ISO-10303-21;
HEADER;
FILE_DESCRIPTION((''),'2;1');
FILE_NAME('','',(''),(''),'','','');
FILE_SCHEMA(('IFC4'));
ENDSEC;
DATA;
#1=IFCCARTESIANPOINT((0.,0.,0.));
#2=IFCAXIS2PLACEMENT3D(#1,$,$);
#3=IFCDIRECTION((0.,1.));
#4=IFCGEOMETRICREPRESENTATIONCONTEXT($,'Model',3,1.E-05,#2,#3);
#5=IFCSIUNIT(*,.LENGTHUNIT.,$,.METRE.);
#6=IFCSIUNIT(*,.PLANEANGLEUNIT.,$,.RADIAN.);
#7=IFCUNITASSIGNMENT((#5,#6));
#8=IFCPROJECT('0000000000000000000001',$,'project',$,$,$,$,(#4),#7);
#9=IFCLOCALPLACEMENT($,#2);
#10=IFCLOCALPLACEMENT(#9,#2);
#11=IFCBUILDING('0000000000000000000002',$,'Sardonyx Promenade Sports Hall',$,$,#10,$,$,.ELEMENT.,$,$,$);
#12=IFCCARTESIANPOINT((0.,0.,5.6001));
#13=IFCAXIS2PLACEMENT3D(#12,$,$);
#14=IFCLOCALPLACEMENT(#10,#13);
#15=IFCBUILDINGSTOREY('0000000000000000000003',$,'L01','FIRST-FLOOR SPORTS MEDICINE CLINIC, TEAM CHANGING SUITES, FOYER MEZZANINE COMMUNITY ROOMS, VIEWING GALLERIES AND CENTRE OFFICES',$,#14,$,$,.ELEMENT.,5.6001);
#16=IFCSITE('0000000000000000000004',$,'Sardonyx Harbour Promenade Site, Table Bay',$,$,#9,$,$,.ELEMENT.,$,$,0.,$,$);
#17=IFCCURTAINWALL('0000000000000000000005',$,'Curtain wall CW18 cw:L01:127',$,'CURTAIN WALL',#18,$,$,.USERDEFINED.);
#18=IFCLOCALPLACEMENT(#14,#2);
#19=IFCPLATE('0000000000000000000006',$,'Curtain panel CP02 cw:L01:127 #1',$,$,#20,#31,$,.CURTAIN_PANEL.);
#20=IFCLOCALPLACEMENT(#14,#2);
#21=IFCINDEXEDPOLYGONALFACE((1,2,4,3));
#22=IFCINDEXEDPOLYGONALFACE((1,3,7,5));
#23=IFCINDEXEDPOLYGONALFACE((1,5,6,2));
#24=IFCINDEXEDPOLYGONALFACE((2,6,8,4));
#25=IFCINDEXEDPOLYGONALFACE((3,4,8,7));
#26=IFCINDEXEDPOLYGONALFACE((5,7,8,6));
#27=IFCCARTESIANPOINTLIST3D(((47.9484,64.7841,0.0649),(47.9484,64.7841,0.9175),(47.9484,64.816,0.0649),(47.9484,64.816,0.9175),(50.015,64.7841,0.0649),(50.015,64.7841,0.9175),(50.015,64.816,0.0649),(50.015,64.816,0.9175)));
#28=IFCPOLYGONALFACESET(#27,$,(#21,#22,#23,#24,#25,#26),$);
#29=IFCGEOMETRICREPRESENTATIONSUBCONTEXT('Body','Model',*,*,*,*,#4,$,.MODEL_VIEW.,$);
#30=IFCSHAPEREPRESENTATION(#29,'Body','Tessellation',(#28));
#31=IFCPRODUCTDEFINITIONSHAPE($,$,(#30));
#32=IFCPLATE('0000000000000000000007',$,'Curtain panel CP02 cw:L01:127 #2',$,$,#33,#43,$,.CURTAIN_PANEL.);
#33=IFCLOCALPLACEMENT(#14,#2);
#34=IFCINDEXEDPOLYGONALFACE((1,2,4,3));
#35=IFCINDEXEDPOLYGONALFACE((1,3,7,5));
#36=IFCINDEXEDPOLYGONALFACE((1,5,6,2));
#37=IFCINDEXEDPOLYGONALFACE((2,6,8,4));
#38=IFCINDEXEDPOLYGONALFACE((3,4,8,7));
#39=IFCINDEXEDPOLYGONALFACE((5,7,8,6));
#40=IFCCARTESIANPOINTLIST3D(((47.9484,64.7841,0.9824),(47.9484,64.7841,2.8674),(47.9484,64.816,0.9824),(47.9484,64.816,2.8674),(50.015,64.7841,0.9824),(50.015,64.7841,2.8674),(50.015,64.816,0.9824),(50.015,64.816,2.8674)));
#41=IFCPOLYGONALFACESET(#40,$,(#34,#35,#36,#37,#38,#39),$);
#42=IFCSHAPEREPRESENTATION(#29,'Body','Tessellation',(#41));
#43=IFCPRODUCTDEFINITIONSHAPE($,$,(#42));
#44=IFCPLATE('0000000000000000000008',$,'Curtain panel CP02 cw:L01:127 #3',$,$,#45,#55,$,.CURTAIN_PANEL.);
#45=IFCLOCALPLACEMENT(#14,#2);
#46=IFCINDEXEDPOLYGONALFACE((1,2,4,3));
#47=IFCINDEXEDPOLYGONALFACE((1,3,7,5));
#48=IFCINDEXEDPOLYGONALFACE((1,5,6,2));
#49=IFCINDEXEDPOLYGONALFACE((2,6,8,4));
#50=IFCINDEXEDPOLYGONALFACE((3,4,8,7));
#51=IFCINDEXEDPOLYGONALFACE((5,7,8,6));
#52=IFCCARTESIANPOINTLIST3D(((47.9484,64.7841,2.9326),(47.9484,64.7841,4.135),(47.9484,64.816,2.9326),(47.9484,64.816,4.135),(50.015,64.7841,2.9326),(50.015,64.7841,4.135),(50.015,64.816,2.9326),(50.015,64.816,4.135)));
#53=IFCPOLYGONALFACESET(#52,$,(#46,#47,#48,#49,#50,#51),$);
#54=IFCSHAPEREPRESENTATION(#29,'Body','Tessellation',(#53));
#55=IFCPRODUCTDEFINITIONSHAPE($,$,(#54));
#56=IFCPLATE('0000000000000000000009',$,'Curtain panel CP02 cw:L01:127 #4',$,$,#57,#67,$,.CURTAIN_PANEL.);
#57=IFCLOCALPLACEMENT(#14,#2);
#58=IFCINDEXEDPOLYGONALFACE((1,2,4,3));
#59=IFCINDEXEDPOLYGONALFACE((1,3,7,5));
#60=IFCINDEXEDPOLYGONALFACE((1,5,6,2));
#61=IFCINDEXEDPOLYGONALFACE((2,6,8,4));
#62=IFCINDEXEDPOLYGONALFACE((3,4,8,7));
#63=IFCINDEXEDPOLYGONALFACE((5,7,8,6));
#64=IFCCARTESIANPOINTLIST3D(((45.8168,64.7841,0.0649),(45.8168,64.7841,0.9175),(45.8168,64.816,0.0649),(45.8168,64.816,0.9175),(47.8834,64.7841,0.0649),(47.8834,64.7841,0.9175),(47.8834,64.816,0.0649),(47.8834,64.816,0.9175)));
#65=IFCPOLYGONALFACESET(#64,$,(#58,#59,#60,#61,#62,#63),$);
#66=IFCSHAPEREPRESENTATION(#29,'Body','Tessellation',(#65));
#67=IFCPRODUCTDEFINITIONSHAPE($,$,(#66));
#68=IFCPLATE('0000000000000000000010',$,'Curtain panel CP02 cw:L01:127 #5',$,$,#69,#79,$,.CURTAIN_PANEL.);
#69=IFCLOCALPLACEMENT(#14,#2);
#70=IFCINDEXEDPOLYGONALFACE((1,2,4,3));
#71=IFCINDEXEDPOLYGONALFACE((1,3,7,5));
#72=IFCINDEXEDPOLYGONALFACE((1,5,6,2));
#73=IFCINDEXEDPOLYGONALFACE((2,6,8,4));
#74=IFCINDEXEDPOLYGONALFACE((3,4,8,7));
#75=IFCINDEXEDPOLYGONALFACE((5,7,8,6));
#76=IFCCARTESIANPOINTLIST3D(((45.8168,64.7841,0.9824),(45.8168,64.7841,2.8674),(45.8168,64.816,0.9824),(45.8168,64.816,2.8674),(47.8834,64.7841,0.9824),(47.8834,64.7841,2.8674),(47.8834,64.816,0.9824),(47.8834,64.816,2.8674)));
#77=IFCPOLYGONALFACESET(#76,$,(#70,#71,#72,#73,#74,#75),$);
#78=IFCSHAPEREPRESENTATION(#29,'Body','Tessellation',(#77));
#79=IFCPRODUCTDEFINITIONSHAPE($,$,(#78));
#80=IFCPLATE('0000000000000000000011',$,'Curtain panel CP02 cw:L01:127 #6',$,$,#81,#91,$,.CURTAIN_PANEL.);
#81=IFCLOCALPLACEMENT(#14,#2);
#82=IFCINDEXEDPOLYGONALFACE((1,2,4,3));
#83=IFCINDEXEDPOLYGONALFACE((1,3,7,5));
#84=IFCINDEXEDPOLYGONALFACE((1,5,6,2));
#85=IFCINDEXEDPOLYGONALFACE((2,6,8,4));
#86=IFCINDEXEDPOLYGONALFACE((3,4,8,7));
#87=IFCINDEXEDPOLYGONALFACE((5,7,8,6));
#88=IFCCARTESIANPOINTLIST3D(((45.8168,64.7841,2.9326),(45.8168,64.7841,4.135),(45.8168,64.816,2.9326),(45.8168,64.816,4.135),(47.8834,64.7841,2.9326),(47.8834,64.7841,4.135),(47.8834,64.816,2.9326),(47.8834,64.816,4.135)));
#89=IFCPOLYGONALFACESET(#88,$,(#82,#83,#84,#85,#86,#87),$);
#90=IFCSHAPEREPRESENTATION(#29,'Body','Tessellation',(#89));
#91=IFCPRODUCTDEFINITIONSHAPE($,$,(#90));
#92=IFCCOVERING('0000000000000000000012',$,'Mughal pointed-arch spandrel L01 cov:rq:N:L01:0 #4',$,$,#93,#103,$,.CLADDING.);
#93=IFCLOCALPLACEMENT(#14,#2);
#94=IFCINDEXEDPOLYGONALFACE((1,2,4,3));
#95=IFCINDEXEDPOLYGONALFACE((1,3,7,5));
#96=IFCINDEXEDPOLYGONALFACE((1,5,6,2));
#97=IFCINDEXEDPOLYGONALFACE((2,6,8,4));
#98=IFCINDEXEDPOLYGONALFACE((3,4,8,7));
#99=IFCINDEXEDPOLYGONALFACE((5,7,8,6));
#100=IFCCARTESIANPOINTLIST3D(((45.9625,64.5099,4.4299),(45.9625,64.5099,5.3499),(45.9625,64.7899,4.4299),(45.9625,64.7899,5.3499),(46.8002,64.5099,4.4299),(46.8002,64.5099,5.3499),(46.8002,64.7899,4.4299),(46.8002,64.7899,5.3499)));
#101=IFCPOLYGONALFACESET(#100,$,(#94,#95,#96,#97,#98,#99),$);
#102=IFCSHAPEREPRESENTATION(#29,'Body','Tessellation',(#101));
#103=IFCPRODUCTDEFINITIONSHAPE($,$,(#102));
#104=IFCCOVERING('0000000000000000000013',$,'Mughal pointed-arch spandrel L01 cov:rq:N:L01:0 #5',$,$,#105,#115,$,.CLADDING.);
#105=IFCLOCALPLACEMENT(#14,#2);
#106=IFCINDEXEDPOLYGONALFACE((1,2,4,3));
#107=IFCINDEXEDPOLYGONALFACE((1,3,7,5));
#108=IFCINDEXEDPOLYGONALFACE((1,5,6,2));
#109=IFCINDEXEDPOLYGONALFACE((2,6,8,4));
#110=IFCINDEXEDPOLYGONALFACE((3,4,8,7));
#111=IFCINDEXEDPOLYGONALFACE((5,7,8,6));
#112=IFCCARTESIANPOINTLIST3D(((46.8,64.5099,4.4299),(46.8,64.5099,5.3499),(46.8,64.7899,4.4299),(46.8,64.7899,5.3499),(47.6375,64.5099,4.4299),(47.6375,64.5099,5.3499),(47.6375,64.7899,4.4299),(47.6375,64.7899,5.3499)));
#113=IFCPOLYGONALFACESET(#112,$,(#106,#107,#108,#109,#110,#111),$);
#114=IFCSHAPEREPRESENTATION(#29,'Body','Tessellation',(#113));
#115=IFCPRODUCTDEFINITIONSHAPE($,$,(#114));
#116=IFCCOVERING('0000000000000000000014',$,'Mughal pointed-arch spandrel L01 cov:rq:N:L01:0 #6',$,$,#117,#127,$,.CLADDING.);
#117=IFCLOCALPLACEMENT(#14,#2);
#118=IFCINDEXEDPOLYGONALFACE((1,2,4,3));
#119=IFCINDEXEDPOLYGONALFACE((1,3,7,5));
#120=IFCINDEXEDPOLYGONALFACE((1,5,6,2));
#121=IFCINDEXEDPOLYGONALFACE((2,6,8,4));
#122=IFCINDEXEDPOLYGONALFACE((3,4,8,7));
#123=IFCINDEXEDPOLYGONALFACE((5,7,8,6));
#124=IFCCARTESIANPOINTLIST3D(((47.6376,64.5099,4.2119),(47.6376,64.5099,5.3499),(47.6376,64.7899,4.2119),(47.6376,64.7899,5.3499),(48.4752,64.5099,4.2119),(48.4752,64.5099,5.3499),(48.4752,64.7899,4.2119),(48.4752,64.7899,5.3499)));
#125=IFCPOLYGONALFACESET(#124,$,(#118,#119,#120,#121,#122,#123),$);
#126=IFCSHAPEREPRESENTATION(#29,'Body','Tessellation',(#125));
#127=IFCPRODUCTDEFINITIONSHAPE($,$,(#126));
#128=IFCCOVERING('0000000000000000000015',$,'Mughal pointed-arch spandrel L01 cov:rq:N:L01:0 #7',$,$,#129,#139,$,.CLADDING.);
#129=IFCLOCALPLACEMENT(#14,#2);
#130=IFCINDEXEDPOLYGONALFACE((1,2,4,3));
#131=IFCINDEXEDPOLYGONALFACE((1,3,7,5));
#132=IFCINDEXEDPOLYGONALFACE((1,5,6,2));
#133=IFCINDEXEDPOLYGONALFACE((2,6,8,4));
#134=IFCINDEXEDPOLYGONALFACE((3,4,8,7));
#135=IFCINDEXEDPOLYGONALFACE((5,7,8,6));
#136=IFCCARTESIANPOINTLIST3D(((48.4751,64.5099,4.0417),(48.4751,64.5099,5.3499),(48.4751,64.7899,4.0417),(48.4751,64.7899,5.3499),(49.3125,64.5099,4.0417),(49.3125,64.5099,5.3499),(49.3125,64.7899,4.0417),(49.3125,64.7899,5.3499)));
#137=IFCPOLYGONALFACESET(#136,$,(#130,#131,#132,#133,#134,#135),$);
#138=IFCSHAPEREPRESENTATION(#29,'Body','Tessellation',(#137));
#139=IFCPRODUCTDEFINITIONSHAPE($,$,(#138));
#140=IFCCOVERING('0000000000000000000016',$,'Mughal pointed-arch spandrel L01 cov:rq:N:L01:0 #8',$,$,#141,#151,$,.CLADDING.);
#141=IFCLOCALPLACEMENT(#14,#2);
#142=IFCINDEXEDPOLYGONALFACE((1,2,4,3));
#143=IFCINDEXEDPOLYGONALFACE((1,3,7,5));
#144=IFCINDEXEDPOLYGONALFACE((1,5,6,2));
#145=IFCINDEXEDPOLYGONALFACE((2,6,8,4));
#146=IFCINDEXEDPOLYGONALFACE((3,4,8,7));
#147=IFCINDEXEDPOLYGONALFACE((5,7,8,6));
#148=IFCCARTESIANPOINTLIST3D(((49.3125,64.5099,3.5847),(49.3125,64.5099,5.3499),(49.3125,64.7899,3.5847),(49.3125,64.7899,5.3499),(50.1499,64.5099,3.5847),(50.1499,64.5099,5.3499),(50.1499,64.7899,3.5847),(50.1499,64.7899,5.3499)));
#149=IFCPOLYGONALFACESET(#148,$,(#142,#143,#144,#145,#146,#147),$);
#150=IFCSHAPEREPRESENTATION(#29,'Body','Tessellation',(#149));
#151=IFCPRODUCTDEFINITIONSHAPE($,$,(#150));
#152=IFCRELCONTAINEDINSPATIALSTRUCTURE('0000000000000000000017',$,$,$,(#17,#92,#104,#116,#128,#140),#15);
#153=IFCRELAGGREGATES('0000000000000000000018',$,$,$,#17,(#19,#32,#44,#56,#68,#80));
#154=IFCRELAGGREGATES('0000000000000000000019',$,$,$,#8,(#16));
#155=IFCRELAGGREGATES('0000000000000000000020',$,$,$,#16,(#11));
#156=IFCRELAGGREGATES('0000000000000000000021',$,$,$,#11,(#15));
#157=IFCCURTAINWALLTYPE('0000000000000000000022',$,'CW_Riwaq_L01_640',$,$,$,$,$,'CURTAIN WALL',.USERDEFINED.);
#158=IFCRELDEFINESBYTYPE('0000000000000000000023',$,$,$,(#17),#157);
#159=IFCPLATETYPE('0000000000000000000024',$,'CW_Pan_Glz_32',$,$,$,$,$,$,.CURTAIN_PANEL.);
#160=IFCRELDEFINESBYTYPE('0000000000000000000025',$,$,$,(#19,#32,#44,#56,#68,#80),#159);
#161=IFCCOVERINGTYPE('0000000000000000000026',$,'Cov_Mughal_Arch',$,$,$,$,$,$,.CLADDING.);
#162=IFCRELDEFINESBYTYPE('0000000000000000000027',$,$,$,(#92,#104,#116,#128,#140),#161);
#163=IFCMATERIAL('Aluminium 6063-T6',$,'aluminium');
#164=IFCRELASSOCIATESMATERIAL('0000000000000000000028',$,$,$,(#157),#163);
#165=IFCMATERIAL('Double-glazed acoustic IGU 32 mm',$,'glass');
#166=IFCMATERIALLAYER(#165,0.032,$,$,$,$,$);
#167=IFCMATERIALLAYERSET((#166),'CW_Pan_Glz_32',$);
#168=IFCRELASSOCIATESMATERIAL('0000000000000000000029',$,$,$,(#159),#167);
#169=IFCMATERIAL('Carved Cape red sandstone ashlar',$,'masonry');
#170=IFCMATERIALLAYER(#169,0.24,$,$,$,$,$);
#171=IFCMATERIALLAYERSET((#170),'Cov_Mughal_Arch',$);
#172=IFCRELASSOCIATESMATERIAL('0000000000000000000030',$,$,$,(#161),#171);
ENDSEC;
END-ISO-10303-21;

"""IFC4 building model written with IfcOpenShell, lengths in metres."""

from ifc_helpers import new_model, si_unit, direction, frame, frame_2d, origin, origin_2d, place, context, subcontext, project, spatial, rectangle, extrude, material, layer, layer_set, type_object, element, aggregate, save


model = new_model("IFC4")

# Units and contexts
model_context = context("Model", 3, precision=1e-05, world=origin(), true_north=direction((0.0, 1.0)))
body_context = subcontext(model_context, "Body", "Model", "MODEL_VIEW")
ifc_project = project(units=[si_unit("LENGTHUNIT", "METRE"), si_unit("PLANEANGLEUNIT", "RADIAN")], contexts=[model_context])

# Site, building, storey
site_placement = place(None, origin())
site = spatial("IfcSite", under=ifc_project, at=site_placement, Name="Sardonyx Harbour Promenade Site, Table Bay", CompositionType="ELEMENT", RefElevation=0.0)
building_placement = place(site_placement, origin())
building = spatial("IfcBuilding", under=site, at=building_placement, Name="Sardonyx Promenade Sports Hall", CompositionType="ELEMENT")
storey_placement = place(building_placement, frame((0.0, 0.0, 5.6001)))
storey = spatial("IfcBuildingStorey", under=building, at=storey_placement, Name="L01", Description="FIRST-FLOOR SPORTS MEDICINE CLINIC, TEAM CHANGING SUITES, FOYER MEZZANINE COMMUNITY ROOMS, VIEWING GALLERIES AND CENTRE OFFICES", CompositionType="ELEMENT", Elevation=5.6001)

# Curtain wall, plates
ifc_material_1 = material(Name="Aluminium 6063-T6", Category="aluminium")
curtain_wall_type = type_object("IfcCurtainWallType", Name="CW_Riwaq_L01_640", ElementType="CURTAIN WALL", PredefinedType="USERDEFINED", material=ifc_material_1)
curtain_wall_placement = place(storey_placement, origin())
curtain_wall = element("IfcCurtainWall", 1, at=curtain_wall_placement, inside=storey, type_object=curtain_wall_type, Name="Curtain wall CW18 cw:L01:127", ObjectType="CURTAIN WALL", PredefinedType="USERDEFINED")
ifc_material_2 = material(Name="Double-glazed acoustic IGU 32 mm", Category="glass")
ifc_layer_1 = layer(ifc_material_2, 0.032)
ifc_layer_set_1 = layer_set([ifc_layer_1], Name="CW_Pan_Glz_32")
plate_type = type_object("IfcPlateType", Name="CW_Pan_Glz_32", PredefinedType="CURTAIN_PANEL", material=ifc_layer_set_1)
plate_1_placement = place(storey_placement, frame((48.9817, 64.8, 0.0649), z_axis=(0.0, 0.0, 1.0), x_axis=(-1.0, 0.0, 0.0)))
plate_1 = element("IfcPlate", 2, at=plate_1_placement, type_object=plate_type, Name="Curtain panel CP02 cw:L01:127 #1", PredefinedType="CURTAIN_PANEL", context=body_context, shape_type="SweptSolid", body=[
    extrude(rectangle(XDim=2.0667, YDim=0.032, at=origin_2d()), origin(), (0.0, 0.0, 1.0), 0.8525),
])
plate_2_placement = place(storey_placement, frame((48.9817, 64.8, 0.9824), z_axis=(0.0, 0.0, 1.0), x_axis=(-1.0, 0.0, 0.0)))
plate_2 = element("IfcPlate", 3, at=plate_2_placement, type_object=plate_type, Name="Curtain panel CP02 cw:L01:127 #2", PredefinedType="CURTAIN_PANEL", context=body_context, shape_type="SweptSolid", body=[
    extrude(rectangle(XDim=2.0667, YDim=0.032, at=origin_2d()), origin(), (0.0, 0.0, 1.0), 1.885),
])
plate_3_placement = place(storey_placement, frame((48.9817, 64.8, 2.9326), z_axis=(0.0, 0.0, 1.0), x_axis=(-1.0, 0.0, 0.0)))
plate_3 = element("IfcPlate", 4, at=plate_3_placement, type_object=plate_type, Name="Curtain panel CP02 cw:L01:127 #3", PredefinedType="CURTAIN_PANEL", context=body_context, shape_type="SweptSolid", body=[
    extrude(rectangle(XDim=2.0667, YDim=0.032, at=origin_2d()), origin(), (0.0, 0.0, 1.0), 1.2024),
])
plate_4_placement = place(storey_placement, frame((46.8501, 64.8, 0.0649), z_axis=(0.0, 0.0, 1.0), x_axis=(-1.0, 0.0, 0.0)))
plate_4 = element("IfcPlate", 5, at=plate_4_placement, type_object=plate_type, Name="Curtain panel CP02 cw:L01:127 #4", PredefinedType="CURTAIN_PANEL", context=body_context, shape_type="SweptSolid", body=[
    extrude(rectangle(XDim=2.0667, YDim=0.032, at=origin_2d()), origin(), (0.0, 0.0, 1.0), 0.8525),
])
plate_5_placement = place(storey_placement, frame((46.8501, 64.8, 0.9824), z_axis=(0.0, 0.0, 1.0), x_axis=(-1.0, 0.0, 0.0)))
plate_5 = element("IfcPlate", 6, at=plate_5_placement, type_object=plate_type, Name="Curtain panel CP02 cw:L01:127 #5", PredefinedType="CURTAIN_PANEL", context=body_context, shape_type="SweptSolid", body=[
    extrude(rectangle(XDim=2.0667, YDim=0.032, at=origin_2d()), origin(), (0.0, 0.0, 1.0), 1.885),
])
plate_6_placement = place(storey_placement, frame((46.8501, 64.8, 2.9326), z_axis=(0.0, 0.0, 1.0), x_axis=(-1.0, 0.0, 0.0)))
plate_6 = element("IfcPlate", 7, at=plate_6_placement, type_object=plate_type, Name="Curtain panel CP02 cw:L01:127 #6", PredefinedType="CURTAIN_PANEL", context=body_context, shape_type="SweptSolid", body=[
    extrude(rectangle(XDim=2.0667, YDim=0.032, at=origin_2d()), origin(), (0.0, 0.0, 1.0), 1.2024),
])
aggregate(curtain_wall, [plate_1, plate_2, plate_3, plate_4, plate_5, plate_6])

# Coverings
ifc_material_3 = material(Name="Carved Cape red sandstone ashlar", Category="masonry")
ifc_layer_2 = layer(ifc_material_3, 0.24)
ifc_layer_set_2 = layer_set([ifc_layer_2], Name="Cov_Mughal_Arch")
covering_type = type_object("IfcCoveringType", Name="Cov_Mughal_Arch", PredefinedType="CLADDING", material=ifc_layer_set_2)
covering_1_placement = place(storey_placement, frame((45.9624, 64.6499, 4.4299), z_axis=(0.0, 0.0, 1.0), x_axis=(1.0, 0.0, 0.0)))
element("IfcCovering", 8, at=covering_1_placement, inside=storey, type_object=covering_type, Name="Mughal pointed-arch spandrel L01 cov:rq:N:L01:0 #4", PredefinedType="CLADDING", context=body_context, shape_type="SweptSolid", body=[
    extrude(rectangle(XDim=0.8376, YDim=0.28, at=frame_2d((0.4189, 0.0))), origin(), (0.0, 0.0, 1.0), 0.9199),
])
covering_2_placement = place(storey_placement, frame((46.8, 64.6499, 4.4299), z_axis=(0.0, 0.0, 1.0), x_axis=(1.0, 0.0, 0.0)))
element("IfcCovering", 9, at=covering_2_placement, inside=storey, type_object=covering_type, Name="Mughal pointed-arch spandrel L01 cov:rq:N:L01:0 #5", PredefinedType="CLADDING", context=body_context, shape_type="SweptSolid", body=[
    extrude(rectangle(XDim=0.8374, YDim=0.28, at=frame_2d((0.4187, 0.0))), origin(), (0.0, 0.0, 1.0), 0.9199),
])
covering_3_placement = place(storey_placement, frame((47.6375, 64.6499, 4.2119), z_axis=(0.0, 0.0, 1.0), x_axis=(1.0, 0.0, 0.0)))
element("IfcCovering", 10, at=covering_3_placement, inside=storey, type_object=covering_type, Name="Mughal pointed-arch spandrel L01 cov:rq:N:L01:0 #6", PredefinedType="CLADDING", context=body_context, shape_type="SweptSolid", body=[
    extrude(rectangle(XDim=0.8376, YDim=0.28, at=frame_2d((0.4189, 0.0))), origin(), (0.0, 0.0, 1.0), 1.1379),
])
covering_4_placement = place(storey_placement, frame((48.4751, 64.6499, 4.0417), z_axis=(0.0, 0.0, 1.0), x_axis=(1.0, 0.0, 0.0)))
element("IfcCovering", 11, at=covering_4_placement, inside=storey, type_object=covering_type, Name="Mughal pointed-arch spandrel L01 cov:rq:N:L01:0 #7", PredefinedType="CLADDING", context=body_context, shape_type="SweptSolid", body=[
    extrude(rectangle(XDim=0.8374, YDim=0.28, at=frame_2d((0.4187, 0.0))), origin(), (0.0, 0.0, 1.0), 1.3081),
])
covering_5_placement = place(storey_placement, frame((49.3125, 64.6499, 3.5847), z_axis=(0.0, 0.0, 1.0), x_axis=(1.0, 0.0, 0.0)))
element("IfcCovering", 12, at=covering_5_placement, inside=storey, type_object=covering_type, Name="Mughal pointed-arch spandrel L01 cov:rq:N:L01:0 #8", PredefinedType="CLADDING", context=body_context, shape_type="SweptSolid", body=[
    extrude(rectangle(XDim=0.8374, YDim=0.28, at=frame_2d((0.4187, 0.0))), origin(), (0.0, 0.0, 1.0), 1.7651),
])

save(model, "model.ifc")
